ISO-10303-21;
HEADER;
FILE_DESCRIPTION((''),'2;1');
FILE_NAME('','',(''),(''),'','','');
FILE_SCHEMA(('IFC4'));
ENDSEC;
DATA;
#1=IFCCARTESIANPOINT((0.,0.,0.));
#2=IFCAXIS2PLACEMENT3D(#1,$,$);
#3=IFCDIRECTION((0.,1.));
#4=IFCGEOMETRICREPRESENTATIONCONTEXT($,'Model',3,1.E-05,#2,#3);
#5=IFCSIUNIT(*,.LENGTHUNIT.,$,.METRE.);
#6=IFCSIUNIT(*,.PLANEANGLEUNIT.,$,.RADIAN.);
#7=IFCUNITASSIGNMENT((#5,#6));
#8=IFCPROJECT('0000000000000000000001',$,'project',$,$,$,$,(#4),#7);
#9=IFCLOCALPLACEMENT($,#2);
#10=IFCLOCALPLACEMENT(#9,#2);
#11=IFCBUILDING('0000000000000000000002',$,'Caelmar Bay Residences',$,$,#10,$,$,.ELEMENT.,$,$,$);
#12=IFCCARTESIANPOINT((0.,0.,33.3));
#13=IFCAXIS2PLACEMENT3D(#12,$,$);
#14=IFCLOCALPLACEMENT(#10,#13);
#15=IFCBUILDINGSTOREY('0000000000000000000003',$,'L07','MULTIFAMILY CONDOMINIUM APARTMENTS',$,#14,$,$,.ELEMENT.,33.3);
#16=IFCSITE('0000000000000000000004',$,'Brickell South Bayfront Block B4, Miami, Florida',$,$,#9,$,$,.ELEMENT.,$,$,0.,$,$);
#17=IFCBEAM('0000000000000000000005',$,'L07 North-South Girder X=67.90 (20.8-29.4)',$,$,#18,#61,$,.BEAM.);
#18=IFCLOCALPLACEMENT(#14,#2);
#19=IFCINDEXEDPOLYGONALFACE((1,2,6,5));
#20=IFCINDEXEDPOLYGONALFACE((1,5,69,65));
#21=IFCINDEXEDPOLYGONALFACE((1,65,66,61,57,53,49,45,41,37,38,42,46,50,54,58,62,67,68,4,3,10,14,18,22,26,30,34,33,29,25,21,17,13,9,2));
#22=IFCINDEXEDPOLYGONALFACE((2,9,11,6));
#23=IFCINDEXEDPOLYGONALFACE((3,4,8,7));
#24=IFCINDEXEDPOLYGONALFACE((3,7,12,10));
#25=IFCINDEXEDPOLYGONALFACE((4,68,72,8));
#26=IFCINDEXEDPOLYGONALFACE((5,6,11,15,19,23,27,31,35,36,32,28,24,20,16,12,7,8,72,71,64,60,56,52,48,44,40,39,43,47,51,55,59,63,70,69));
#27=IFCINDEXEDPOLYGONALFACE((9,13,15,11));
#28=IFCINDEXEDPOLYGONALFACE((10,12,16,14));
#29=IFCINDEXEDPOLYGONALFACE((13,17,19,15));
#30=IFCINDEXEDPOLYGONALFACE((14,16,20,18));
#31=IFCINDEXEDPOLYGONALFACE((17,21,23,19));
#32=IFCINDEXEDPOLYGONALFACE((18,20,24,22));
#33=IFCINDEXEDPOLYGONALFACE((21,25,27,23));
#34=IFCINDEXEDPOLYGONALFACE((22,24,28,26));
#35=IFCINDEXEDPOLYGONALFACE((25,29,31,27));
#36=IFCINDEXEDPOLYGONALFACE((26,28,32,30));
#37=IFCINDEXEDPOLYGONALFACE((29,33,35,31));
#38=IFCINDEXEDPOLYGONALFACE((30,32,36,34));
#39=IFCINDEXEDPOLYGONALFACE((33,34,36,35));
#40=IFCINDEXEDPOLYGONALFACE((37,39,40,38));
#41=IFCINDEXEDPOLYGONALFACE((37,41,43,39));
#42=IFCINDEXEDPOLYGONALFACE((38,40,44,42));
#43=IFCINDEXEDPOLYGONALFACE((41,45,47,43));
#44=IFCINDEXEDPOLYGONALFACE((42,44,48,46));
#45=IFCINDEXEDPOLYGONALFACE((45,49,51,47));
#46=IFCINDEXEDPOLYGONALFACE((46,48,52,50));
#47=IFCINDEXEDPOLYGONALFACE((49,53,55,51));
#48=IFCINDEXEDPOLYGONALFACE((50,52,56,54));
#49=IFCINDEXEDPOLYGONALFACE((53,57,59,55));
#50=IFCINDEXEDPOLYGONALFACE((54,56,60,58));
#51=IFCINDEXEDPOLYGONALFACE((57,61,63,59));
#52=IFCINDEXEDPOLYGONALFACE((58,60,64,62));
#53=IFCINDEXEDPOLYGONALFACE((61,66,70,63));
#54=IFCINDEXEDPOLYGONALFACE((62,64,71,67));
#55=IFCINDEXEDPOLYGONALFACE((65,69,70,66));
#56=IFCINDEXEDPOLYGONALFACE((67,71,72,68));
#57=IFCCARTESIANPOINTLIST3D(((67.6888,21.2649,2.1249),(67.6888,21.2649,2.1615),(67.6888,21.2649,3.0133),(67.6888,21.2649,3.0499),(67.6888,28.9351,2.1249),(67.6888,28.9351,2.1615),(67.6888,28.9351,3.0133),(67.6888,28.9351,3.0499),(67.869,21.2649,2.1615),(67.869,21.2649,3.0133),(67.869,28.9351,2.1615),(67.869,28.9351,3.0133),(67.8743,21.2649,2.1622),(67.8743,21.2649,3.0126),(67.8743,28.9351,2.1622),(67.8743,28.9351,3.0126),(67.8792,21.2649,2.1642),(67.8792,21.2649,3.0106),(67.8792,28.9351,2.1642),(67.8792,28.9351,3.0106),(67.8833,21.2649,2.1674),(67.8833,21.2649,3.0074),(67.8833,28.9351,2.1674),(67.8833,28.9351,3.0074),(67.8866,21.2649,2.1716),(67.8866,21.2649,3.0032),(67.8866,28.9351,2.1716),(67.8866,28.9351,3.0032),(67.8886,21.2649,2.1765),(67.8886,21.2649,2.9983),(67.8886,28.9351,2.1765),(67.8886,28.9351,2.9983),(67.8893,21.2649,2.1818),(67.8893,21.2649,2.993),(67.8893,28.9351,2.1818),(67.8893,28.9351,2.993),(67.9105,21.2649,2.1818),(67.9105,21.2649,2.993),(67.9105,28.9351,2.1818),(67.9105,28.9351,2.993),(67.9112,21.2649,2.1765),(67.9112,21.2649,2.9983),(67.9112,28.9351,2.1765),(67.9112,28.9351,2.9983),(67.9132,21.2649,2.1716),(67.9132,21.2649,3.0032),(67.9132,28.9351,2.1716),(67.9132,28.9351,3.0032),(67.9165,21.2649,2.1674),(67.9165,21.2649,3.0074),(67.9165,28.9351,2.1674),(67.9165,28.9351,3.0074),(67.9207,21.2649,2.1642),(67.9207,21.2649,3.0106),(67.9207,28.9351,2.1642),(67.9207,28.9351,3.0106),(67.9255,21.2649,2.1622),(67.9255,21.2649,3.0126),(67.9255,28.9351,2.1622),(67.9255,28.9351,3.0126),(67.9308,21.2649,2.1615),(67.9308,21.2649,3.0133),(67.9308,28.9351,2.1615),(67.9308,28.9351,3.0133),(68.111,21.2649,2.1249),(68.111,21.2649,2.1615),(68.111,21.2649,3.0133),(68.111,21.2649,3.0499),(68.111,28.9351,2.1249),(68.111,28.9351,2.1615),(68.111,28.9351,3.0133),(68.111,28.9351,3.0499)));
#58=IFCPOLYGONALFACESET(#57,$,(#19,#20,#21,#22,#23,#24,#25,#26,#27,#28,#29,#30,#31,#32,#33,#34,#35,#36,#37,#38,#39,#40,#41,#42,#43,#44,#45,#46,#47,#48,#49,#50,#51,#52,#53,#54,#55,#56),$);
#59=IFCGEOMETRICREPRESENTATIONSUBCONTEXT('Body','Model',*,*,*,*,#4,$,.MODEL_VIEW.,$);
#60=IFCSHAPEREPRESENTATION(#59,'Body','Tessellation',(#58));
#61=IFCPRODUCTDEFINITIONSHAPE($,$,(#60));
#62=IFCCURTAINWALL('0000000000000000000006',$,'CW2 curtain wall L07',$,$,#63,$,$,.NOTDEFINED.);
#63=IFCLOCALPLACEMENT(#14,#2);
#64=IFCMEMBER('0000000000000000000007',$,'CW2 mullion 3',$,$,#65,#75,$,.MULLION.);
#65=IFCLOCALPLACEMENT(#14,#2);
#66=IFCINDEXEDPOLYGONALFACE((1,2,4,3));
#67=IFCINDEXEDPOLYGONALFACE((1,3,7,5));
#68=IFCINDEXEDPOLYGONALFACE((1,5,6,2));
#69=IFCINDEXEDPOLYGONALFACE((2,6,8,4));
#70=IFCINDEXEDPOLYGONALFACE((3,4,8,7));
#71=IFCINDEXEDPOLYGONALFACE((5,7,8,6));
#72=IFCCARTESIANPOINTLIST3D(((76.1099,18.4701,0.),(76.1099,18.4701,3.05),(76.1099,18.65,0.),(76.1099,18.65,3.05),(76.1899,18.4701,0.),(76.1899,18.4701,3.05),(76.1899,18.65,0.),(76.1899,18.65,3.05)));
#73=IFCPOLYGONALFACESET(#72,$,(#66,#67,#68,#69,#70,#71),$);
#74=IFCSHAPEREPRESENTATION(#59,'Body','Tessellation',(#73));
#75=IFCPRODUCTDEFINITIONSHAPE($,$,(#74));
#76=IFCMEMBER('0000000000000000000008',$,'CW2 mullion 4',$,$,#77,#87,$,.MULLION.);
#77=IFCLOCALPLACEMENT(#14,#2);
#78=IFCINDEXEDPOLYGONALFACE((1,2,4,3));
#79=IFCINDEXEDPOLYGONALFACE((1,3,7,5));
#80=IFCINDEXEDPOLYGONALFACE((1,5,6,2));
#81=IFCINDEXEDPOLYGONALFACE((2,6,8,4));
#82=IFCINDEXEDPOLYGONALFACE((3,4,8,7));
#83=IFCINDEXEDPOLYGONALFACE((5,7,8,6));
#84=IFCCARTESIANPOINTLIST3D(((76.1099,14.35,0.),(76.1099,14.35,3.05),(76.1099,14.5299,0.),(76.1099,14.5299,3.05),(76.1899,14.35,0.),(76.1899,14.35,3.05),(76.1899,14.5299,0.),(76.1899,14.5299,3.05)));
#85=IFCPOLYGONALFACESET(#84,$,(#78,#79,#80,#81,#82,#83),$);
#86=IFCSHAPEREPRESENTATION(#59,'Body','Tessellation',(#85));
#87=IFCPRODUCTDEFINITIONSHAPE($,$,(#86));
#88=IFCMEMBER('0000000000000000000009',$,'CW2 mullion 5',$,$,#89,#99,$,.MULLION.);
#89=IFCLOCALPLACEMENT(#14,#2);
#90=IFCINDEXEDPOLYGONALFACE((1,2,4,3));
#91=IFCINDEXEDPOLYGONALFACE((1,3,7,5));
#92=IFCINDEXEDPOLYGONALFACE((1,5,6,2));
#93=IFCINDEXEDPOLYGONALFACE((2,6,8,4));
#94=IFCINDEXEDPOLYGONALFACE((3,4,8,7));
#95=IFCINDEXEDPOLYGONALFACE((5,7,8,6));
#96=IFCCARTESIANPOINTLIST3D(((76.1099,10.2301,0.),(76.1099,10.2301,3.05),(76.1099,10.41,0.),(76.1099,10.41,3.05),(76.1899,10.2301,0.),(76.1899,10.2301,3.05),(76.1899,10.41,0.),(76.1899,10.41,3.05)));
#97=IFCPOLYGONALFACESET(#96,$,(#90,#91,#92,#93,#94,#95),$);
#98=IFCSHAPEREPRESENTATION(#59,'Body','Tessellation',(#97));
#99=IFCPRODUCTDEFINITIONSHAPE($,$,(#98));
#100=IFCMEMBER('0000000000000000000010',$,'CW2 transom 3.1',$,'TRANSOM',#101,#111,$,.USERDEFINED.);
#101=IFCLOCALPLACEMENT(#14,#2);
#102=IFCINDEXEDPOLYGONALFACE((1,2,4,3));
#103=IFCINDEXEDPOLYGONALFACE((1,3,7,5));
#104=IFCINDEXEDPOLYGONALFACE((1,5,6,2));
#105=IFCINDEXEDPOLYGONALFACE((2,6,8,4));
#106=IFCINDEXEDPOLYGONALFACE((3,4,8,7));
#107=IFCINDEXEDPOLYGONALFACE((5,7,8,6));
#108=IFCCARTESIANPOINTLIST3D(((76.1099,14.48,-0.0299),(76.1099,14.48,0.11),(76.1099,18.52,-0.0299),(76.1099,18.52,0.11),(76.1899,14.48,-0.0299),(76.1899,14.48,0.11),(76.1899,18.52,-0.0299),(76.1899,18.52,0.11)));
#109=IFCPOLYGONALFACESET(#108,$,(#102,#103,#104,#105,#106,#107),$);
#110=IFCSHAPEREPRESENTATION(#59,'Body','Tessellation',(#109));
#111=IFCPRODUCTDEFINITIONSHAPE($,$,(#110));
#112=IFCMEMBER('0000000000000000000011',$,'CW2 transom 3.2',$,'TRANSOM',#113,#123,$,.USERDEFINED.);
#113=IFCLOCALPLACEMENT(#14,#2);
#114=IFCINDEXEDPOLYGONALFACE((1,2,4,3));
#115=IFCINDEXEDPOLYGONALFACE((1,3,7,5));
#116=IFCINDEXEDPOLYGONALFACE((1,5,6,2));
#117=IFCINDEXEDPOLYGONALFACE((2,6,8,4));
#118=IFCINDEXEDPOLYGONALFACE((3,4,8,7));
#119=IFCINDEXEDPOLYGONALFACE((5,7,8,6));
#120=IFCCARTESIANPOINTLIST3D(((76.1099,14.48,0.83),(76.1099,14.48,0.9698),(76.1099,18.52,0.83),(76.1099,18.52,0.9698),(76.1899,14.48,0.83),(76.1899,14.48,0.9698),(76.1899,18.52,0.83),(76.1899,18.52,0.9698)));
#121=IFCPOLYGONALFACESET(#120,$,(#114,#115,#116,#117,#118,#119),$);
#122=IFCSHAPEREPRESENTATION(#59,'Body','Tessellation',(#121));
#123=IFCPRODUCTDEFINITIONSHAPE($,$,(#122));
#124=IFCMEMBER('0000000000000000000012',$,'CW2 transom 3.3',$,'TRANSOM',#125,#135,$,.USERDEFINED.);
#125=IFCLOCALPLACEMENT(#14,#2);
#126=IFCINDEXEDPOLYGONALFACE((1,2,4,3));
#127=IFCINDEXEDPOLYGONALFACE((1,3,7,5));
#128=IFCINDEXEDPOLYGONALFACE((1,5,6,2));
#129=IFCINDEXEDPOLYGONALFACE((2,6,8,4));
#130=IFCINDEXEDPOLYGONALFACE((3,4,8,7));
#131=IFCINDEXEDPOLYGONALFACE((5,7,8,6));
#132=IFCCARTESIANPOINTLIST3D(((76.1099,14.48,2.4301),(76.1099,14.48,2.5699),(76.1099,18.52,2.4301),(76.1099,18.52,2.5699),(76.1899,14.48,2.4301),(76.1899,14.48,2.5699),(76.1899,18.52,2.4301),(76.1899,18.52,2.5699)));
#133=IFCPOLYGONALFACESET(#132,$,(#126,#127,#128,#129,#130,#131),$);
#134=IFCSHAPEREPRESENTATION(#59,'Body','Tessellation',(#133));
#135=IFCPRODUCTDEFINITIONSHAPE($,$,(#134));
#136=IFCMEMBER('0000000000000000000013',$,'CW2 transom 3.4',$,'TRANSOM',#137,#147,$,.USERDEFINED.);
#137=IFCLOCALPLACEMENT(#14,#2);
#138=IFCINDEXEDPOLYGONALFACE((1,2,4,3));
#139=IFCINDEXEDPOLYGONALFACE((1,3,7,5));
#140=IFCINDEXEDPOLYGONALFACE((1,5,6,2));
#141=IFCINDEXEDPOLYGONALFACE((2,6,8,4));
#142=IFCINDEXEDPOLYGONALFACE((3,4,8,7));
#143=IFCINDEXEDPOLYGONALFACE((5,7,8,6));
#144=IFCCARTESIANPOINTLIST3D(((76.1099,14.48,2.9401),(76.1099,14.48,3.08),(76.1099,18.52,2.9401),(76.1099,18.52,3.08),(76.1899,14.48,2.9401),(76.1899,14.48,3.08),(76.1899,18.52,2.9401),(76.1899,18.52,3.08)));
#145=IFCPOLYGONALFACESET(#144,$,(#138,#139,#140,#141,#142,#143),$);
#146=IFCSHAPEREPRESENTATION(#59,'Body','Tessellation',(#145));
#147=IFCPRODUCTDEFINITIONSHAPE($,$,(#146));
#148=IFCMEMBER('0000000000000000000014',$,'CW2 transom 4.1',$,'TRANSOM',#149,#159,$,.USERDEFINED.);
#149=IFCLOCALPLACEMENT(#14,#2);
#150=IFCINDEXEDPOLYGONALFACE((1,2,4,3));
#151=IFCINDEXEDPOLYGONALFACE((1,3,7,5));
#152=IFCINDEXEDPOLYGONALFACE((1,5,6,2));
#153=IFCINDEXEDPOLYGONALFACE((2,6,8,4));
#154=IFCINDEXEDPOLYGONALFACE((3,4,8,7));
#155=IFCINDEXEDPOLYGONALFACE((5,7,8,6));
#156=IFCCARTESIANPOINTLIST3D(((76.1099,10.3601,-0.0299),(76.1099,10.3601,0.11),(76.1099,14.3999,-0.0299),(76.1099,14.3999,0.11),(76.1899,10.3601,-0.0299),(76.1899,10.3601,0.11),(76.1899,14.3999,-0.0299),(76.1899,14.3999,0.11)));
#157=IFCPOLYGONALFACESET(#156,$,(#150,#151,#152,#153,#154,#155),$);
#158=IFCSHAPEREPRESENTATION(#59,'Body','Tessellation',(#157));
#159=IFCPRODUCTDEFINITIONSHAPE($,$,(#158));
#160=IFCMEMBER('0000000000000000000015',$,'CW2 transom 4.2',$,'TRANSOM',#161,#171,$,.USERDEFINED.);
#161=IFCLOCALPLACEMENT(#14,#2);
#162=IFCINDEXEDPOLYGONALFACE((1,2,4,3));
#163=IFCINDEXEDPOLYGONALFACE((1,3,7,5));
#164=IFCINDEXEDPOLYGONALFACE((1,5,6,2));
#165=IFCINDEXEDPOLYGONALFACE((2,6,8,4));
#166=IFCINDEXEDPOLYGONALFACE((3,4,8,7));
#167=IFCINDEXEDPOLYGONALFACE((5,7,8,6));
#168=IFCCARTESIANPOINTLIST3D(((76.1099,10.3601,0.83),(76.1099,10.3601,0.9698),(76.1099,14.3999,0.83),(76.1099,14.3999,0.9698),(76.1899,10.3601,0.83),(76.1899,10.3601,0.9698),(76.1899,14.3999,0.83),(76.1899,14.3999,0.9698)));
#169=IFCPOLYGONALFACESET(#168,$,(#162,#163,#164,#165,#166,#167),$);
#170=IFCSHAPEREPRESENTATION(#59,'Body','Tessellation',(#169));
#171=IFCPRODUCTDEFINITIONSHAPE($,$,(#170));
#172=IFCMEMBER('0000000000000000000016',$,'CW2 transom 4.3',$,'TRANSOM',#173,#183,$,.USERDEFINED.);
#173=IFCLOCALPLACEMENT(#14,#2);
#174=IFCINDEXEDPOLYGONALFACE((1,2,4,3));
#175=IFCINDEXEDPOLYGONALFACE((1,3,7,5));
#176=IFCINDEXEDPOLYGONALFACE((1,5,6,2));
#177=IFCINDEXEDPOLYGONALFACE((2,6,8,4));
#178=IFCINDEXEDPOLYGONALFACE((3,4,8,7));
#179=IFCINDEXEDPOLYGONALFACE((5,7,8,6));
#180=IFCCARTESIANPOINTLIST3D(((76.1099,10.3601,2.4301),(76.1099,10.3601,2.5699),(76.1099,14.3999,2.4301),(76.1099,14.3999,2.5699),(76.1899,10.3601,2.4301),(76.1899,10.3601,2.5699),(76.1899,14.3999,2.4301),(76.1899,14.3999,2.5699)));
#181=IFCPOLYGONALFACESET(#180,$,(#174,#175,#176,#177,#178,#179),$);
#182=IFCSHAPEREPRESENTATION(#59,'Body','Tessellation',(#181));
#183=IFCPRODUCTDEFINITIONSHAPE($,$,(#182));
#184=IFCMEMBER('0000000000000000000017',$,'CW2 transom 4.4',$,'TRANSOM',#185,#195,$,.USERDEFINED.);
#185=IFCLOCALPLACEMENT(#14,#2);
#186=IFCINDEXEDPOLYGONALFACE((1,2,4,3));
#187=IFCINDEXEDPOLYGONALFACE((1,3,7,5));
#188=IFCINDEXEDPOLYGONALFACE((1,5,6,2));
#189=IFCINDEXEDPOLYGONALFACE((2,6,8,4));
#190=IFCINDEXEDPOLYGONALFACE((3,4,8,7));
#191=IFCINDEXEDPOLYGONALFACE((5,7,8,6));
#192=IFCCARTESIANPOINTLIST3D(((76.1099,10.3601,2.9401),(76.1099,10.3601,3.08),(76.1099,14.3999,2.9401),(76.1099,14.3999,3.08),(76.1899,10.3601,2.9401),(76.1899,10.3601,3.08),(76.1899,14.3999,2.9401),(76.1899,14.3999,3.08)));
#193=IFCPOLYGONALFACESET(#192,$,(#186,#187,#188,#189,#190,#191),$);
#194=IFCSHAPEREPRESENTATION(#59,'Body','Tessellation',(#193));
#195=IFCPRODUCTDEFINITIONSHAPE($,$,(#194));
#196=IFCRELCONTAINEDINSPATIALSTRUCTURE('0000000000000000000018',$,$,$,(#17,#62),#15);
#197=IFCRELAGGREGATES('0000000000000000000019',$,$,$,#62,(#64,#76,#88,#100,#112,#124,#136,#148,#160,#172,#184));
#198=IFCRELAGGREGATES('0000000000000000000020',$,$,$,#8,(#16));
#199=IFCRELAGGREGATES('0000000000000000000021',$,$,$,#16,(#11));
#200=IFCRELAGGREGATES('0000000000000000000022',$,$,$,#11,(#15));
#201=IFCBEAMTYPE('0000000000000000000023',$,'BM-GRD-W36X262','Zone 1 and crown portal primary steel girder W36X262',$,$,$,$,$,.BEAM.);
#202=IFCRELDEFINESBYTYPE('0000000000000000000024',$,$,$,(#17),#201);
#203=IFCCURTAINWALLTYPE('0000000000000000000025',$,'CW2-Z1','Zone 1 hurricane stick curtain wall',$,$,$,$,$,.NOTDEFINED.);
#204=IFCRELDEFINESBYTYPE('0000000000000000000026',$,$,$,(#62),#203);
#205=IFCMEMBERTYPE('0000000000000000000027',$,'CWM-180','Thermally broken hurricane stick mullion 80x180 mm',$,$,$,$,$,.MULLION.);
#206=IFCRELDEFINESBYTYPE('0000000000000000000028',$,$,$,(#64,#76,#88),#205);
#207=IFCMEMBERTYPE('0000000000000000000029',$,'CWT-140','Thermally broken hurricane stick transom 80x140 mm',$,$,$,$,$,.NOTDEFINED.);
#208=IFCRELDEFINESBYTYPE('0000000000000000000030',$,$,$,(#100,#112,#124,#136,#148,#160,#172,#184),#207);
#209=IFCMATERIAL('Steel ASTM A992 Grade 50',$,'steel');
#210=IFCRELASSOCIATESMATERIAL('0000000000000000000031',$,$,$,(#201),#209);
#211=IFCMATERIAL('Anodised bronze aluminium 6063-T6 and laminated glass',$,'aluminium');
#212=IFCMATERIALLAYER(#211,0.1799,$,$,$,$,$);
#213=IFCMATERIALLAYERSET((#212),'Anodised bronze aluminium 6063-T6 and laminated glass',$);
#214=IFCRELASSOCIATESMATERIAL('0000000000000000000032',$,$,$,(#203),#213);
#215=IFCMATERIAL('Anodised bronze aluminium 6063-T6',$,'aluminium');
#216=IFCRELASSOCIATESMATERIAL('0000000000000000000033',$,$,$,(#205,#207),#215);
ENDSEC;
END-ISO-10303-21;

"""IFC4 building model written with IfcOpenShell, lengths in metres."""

from ifc_helpers import new_model, si_unit, direction, frame, origin, origin_2d, place, context, subcontext, project, spatial, rectangle, i_section, extrude, material, layer, layer_set, material_profile, profile_set, type_object, element, aggregate, save


model = new_model("IFC4")

# Units and contexts
model_context = context("Model", 3, precision=1e-05, world=origin(), true_north=direction((0.0, 1.0)))
body_context = subcontext(model_context, "Body", "Model", "MODEL_VIEW")
ifc_project = project(units=[si_unit("LENGTHUNIT", "METRE"), si_unit("PLANEANGLEUNIT", "RADIAN")], contexts=[model_context])

# Site, building, storey
site_placement = place(None, origin())
site = spatial("IfcSite", under=ifc_project, at=site_placement, Name="Brickell South Bayfront Block B4, Miami, Florida", CompositionType="ELEMENT", RefElevation=0.0)
building_placement = place(site_placement, origin())
building = spatial("IfcBuilding", under=site, at=building_placement, Name="Caelmar Bay Residences", CompositionType="ELEMENT")
storey_placement = place(building_placement, frame((0.0, 0.0, 33.3)))
storey = spatial("IfcBuildingStorey", under=building, at=storey_placement, Name="L07", Description="MULTIFAMILY CONDOMINIUM APARTMENTS", CompositionType="ELEMENT", Elevation=33.3)

# Beam
ifc_material_1 = material(Name="Steel ASTM A992 Grade 50", Category="steel")
ifc_material_profile_1 = material_profile(ifc_material_1, i_section(OverallWidth=0.4221, OverallDepth=0.925, WebThickness=0.0212, FlangeThickness=0.0366, FilletRadius=0.0203, at=origin_2d()), Name="W36X262")
ifc_profile_set_1 = profile_set([ifc_material_profile_1], Name="Steel ASTM A992 Grade 50")
beam_type = type_object("IfcBeamType", Name="BM-GRD-W36X262", Description="Zone 1 and crown portal primary steel girder W36X262", PredefinedType="BEAM", material=ifc_profile_set_1)
beam_placement = place(storey_placement, frame((67.8999, 21.2649, 2.5874), z_axis=(0.0, 1.0, 0.0), x_axis=(-1.0, 0.0, 0.0)))
element("IfcBeam", 1, at=beam_placement, inside=storey, type_object=beam_type, Name="L07 North-South Girder X=67.90 (20.8-29.4)", PredefinedType="BEAM", context=body_context, shape_type="SweptSolid", body=[
    extrude(i_section(OverallWidth=0.4221, OverallDepth=0.925, WebThickness=0.0212, FlangeThickness=0.0366, FilletRadius=0.0203, at=origin_2d()), origin(), (0.0, 0.0, 1.0), 7.6702),
])

# Curtain wall, members
ifc_material_2 = material(Name="Anodised bronze aluminium 6063-T6 and laminated glass", Category="aluminium")
ifc_layer_1 = layer(ifc_material_2, 0.1799)
ifc_layer_set_1 = layer_set([ifc_layer_1], Name="Anodised bronze aluminium 6063-T6 and laminated glass")
curtain_wall_type = type_object("IfcCurtainWallType", Name="CW2-Z1", Description="Zone 1 hurricane stick curtain wall", PredefinedType="NOTDEFINED", material=ifc_layer_set_1)
curtain_wall_placement = place(storey_placement, origin())
curtain_wall = element("IfcCurtainWall", 2, at=curtain_wall_placement, inside=storey, type_object=curtain_wall_type, Name="CW2 curtain wall L07", PredefinedType="NOTDEFINED")
ifc_material_3 = material(Name="Anodised bronze aluminium 6063-T6", Category="aluminium")
ifc_material_profile_2 = material_profile(ifc_material_3, rectangle(XDim=0.0801, YDim=0.1799, at=origin_2d()), Name="CWM-80X180")
ifc_profile_set_2 = profile_set([ifc_material_profile_2], Name="Anodised bronze aluminium 6063-T6")
member_type_1 = type_object("IfcMemberType", Name="CWM-180", Description="Thermally broken hurricane stick mullion 80x180 mm", PredefinedType="MULLION", material=ifc_profile_set_2)
member_1_placement = place(storey_placement, frame((76.1499, 18.5601, 0.0), z_axis=(0.0, 0.0, 1.0), x_axis=(1.0, 0.0, 0.0)))
member_1 = element("IfcMember", 3, at=member_1_placement, type_object=member_type_1, Name="CW2 mullion 3", PredefinedType="MULLION", context=body_context, shape_type="SweptSolid", body=[
    extrude(rectangle(XDim=0.0801, YDim=0.1799, at=origin_2d()), origin(), (0.0, 0.0, 1.0), 3.05),
])
member_2_placement = place(storey_placement, frame((76.1499, 14.4399, 0.0), z_axis=(0.0, 0.0, 1.0), x_axis=(1.0, 0.0, 0.0)))
member_2 = element("IfcMember", 4, at=member_2_placement, type_object=member_type_1, Name="CW2 mullion 4", PredefinedType="MULLION", context=body_context, shape_type="SweptSolid", body=[
    extrude(rectangle(XDim=0.0801, YDim=0.1799, at=origin_2d()), origin(), (0.0, 0.0, 1.0), 3.05),
])
member_3_placement = place(storey_placement, frame((76.1499, 10.3201, 0.0), z_axis=(0.0, 0.0, 1.0), x_axis=(1.0, 0.0, 0.0)))
member_3 = element("IfcMember", 5, at=member_3_placement, type_object=member_type_1, Name="CW2 mullion 5", PredefinedType="MULLION", context=body_context, shape_type="SweptSolid", body=[
    extrude(rectangle(XDim=0.0801, YDim=0.1799, at=origin_2d()), origin(), (0.0, 0.0, 1.0), 3.05),
])
ifc_material_profile_3 = material_profile(ifc_material_3, rectangle(XDim=0.0801, YDim=0.1399, at=origin_2d()), Name="CWT-80X140")
ifc_profile_set_3 = profile_set([ifc_material_profile_3], Name="Anodised bronze aluminium 6063-T6")
member_type_2 = type_object("IfcMemberType", Name="CWT-140", Description="Thermally broken hurricane stick transom 80x140 mm", PredefinedType="NOTDEFINED", material=ifc_profile_set_3)
member_4_placement = place(storey_placement, frame((76.1499, 18.52, 0.04), z_axis=(0.0, -1.0, 0.0), x_axis=(1.0, 0.0, 0.0)))
member_4 = element("IfcMember", 6, at=member_4_placement, type_object=member_type_2, Name="CW2 transom 3.1", ObjectType="TRANSOM", PredefinedType="USERDEFINED", context=body_context, shape_type="SweptSolid", body=[
    extrude(rectangle(XDim=0.0801, YDim=0.1399, at=origin_2d()), origin(), (0.0, 0.0, 1.0), 4.04),
])
member_5_placement = place(storey_placement, frame((76.1499, 18.52, 0.8999), z_axis=(0.0, -1.0, 0.0), x_axis=(1.0, 0.0, 0.0)))
member_5 = element("IfcMember", 7, at=member_5_placement, type_object=member_type_2, Name="CW2 transom 3.2", ObjectType="TRANSOM", PredefinedType="USERDEFINED", context=body_context, shape_type="SweptSolid", body=[
    extrude(rectangle(XDim=0.0801, YDim=0.1399, at=origin_2d()), origin(), (0.0, 0.0, 1.0), 4.04),
])
member_6_placement = place(storey_placement, frame((76.1499, 18.52, 2.5), z_axis=(0.0, -1.0, 0.0), x_axis=(1.0, 0.0, 0.0)))
member_6 = element("IfcMember", 8, at=member_6_placement, type_object=member_type_2, Name="CW2 transom 3.3", ObjectType="TRANSOM", PredefinedType="USERDEFINED", context=body_context, shape_type="SweptSolid", body=[
    extrude(rectangle(XDim=0.0801, YDim=0.1399, at=origin_2d()), origin(), (0.0, 0.0, 1.0), 4.04),
])
member_7_placement = place(storey_placement, frame((76.1499, 18.52, 3.01), z_axis=(0.0, -1.0, 0.0), x_axis=(1.0, 0.0, 0.0)))
member_7 = element("IfcMember", 9, at=member_7_placement, type_object=member_type_2, Name="CW2 transom 3.4", ObjectType="TRANSOM", PredefinedType="USERDEFINED", context=body_context, shape_type="SweptSolid", body=[
    extrude(rectangle(XDim=0.0801, YDim=0.1399, at=origin_2d()), origin(), (0.0, 0.0, 1.0), 4.04),
])
member_8_placement = place(storey_placement, frame((76.1499, 14.3999, 0.04), z_axis=(0.0, -1.0, 0.0), x_axis=(1.0, 0.0, 0.0)))
member_8 = element("IfcMember", 10, at=member_8_placement, type_object=member_type_2, Name="CW2 transom 4.1", ObjectType="TRANSOM", PredefinedType="USERDEFINED", context=body_context, shape_type="SweptSolid", body=[
    extrude(rectangle(XDim=0.0801, YDim=0.1399, at=origin_2d()), origin(), (0.0, 0.0, 1.0), 4.0398),
])
member_9_placement = place(storey_placement, frame((76.1499, 14.3999, 0.8999), z_axis=(0.0, -1.0, 0.0), x_axis=(1.0, 0.0, 0.0)))
member_9 = element("IfcMember", 11, at=member_9_placement, type_object=member_type_2, Name="CW2 transom 4.2", ObjectType="TRANSOM", PredefinedType="USERDEFINED", context=body_context, shape_type="SweptSolid", body=[
    extrude(rectangle(XDim=0.0801, YDim=0.1399, at=origin_2d()), origin(), (0.0, 0.0, 1.0), 4.0398),
])
member_10_placement = place(storey_placement, frame((76.1499, 14.3999, 2.5), z_axis=(0.0, -1.0, 0.0), x_axis=(1.0, 0.0, 0.0)))
member_10 = element("IfcMember", 12, at=member_10_placement, type_object=member_type_2, Name="CW2 transom 4.3", ObjectType="TRANSOM", PredefinedType="USERDEFINED", context=body_context, shape_type="SweptSolid", body=[
    extrude(rectangle(XDim=0.0801, YDim=0.1399, at=origin_2d()), origin(), (0.0, 0.0, 1.0), 4.0398),
])
member_11_placement = place(storey_placement, frame((76.1499, 14.3999, 3.01), z_axis=(0.0, -1.0, 0.0), x_axis=(1.0, 0.0, 0.0)))
member_11 = element("IfcMember", 13, at=member_11_placement, type_object=member_type_2, Name="CW2 transom 4.4", ObjectType="TRANSOM", PredefinedType="USERDEFINED", context=body_context, shape_type="SweptSolid", body=[
    extrude(rectangle(XDim=0.0801, YDim=0.1399, at=origin_2d()), origin(), (0.0, 0.0, 1.0), 4.0398),
])
aggregate(curtain_wall, [member_1, member_2, member_3, member_4, member_5, member_6, member_7, member_8, member_9, member_10, member_11])

save(model, "model.ifc")
